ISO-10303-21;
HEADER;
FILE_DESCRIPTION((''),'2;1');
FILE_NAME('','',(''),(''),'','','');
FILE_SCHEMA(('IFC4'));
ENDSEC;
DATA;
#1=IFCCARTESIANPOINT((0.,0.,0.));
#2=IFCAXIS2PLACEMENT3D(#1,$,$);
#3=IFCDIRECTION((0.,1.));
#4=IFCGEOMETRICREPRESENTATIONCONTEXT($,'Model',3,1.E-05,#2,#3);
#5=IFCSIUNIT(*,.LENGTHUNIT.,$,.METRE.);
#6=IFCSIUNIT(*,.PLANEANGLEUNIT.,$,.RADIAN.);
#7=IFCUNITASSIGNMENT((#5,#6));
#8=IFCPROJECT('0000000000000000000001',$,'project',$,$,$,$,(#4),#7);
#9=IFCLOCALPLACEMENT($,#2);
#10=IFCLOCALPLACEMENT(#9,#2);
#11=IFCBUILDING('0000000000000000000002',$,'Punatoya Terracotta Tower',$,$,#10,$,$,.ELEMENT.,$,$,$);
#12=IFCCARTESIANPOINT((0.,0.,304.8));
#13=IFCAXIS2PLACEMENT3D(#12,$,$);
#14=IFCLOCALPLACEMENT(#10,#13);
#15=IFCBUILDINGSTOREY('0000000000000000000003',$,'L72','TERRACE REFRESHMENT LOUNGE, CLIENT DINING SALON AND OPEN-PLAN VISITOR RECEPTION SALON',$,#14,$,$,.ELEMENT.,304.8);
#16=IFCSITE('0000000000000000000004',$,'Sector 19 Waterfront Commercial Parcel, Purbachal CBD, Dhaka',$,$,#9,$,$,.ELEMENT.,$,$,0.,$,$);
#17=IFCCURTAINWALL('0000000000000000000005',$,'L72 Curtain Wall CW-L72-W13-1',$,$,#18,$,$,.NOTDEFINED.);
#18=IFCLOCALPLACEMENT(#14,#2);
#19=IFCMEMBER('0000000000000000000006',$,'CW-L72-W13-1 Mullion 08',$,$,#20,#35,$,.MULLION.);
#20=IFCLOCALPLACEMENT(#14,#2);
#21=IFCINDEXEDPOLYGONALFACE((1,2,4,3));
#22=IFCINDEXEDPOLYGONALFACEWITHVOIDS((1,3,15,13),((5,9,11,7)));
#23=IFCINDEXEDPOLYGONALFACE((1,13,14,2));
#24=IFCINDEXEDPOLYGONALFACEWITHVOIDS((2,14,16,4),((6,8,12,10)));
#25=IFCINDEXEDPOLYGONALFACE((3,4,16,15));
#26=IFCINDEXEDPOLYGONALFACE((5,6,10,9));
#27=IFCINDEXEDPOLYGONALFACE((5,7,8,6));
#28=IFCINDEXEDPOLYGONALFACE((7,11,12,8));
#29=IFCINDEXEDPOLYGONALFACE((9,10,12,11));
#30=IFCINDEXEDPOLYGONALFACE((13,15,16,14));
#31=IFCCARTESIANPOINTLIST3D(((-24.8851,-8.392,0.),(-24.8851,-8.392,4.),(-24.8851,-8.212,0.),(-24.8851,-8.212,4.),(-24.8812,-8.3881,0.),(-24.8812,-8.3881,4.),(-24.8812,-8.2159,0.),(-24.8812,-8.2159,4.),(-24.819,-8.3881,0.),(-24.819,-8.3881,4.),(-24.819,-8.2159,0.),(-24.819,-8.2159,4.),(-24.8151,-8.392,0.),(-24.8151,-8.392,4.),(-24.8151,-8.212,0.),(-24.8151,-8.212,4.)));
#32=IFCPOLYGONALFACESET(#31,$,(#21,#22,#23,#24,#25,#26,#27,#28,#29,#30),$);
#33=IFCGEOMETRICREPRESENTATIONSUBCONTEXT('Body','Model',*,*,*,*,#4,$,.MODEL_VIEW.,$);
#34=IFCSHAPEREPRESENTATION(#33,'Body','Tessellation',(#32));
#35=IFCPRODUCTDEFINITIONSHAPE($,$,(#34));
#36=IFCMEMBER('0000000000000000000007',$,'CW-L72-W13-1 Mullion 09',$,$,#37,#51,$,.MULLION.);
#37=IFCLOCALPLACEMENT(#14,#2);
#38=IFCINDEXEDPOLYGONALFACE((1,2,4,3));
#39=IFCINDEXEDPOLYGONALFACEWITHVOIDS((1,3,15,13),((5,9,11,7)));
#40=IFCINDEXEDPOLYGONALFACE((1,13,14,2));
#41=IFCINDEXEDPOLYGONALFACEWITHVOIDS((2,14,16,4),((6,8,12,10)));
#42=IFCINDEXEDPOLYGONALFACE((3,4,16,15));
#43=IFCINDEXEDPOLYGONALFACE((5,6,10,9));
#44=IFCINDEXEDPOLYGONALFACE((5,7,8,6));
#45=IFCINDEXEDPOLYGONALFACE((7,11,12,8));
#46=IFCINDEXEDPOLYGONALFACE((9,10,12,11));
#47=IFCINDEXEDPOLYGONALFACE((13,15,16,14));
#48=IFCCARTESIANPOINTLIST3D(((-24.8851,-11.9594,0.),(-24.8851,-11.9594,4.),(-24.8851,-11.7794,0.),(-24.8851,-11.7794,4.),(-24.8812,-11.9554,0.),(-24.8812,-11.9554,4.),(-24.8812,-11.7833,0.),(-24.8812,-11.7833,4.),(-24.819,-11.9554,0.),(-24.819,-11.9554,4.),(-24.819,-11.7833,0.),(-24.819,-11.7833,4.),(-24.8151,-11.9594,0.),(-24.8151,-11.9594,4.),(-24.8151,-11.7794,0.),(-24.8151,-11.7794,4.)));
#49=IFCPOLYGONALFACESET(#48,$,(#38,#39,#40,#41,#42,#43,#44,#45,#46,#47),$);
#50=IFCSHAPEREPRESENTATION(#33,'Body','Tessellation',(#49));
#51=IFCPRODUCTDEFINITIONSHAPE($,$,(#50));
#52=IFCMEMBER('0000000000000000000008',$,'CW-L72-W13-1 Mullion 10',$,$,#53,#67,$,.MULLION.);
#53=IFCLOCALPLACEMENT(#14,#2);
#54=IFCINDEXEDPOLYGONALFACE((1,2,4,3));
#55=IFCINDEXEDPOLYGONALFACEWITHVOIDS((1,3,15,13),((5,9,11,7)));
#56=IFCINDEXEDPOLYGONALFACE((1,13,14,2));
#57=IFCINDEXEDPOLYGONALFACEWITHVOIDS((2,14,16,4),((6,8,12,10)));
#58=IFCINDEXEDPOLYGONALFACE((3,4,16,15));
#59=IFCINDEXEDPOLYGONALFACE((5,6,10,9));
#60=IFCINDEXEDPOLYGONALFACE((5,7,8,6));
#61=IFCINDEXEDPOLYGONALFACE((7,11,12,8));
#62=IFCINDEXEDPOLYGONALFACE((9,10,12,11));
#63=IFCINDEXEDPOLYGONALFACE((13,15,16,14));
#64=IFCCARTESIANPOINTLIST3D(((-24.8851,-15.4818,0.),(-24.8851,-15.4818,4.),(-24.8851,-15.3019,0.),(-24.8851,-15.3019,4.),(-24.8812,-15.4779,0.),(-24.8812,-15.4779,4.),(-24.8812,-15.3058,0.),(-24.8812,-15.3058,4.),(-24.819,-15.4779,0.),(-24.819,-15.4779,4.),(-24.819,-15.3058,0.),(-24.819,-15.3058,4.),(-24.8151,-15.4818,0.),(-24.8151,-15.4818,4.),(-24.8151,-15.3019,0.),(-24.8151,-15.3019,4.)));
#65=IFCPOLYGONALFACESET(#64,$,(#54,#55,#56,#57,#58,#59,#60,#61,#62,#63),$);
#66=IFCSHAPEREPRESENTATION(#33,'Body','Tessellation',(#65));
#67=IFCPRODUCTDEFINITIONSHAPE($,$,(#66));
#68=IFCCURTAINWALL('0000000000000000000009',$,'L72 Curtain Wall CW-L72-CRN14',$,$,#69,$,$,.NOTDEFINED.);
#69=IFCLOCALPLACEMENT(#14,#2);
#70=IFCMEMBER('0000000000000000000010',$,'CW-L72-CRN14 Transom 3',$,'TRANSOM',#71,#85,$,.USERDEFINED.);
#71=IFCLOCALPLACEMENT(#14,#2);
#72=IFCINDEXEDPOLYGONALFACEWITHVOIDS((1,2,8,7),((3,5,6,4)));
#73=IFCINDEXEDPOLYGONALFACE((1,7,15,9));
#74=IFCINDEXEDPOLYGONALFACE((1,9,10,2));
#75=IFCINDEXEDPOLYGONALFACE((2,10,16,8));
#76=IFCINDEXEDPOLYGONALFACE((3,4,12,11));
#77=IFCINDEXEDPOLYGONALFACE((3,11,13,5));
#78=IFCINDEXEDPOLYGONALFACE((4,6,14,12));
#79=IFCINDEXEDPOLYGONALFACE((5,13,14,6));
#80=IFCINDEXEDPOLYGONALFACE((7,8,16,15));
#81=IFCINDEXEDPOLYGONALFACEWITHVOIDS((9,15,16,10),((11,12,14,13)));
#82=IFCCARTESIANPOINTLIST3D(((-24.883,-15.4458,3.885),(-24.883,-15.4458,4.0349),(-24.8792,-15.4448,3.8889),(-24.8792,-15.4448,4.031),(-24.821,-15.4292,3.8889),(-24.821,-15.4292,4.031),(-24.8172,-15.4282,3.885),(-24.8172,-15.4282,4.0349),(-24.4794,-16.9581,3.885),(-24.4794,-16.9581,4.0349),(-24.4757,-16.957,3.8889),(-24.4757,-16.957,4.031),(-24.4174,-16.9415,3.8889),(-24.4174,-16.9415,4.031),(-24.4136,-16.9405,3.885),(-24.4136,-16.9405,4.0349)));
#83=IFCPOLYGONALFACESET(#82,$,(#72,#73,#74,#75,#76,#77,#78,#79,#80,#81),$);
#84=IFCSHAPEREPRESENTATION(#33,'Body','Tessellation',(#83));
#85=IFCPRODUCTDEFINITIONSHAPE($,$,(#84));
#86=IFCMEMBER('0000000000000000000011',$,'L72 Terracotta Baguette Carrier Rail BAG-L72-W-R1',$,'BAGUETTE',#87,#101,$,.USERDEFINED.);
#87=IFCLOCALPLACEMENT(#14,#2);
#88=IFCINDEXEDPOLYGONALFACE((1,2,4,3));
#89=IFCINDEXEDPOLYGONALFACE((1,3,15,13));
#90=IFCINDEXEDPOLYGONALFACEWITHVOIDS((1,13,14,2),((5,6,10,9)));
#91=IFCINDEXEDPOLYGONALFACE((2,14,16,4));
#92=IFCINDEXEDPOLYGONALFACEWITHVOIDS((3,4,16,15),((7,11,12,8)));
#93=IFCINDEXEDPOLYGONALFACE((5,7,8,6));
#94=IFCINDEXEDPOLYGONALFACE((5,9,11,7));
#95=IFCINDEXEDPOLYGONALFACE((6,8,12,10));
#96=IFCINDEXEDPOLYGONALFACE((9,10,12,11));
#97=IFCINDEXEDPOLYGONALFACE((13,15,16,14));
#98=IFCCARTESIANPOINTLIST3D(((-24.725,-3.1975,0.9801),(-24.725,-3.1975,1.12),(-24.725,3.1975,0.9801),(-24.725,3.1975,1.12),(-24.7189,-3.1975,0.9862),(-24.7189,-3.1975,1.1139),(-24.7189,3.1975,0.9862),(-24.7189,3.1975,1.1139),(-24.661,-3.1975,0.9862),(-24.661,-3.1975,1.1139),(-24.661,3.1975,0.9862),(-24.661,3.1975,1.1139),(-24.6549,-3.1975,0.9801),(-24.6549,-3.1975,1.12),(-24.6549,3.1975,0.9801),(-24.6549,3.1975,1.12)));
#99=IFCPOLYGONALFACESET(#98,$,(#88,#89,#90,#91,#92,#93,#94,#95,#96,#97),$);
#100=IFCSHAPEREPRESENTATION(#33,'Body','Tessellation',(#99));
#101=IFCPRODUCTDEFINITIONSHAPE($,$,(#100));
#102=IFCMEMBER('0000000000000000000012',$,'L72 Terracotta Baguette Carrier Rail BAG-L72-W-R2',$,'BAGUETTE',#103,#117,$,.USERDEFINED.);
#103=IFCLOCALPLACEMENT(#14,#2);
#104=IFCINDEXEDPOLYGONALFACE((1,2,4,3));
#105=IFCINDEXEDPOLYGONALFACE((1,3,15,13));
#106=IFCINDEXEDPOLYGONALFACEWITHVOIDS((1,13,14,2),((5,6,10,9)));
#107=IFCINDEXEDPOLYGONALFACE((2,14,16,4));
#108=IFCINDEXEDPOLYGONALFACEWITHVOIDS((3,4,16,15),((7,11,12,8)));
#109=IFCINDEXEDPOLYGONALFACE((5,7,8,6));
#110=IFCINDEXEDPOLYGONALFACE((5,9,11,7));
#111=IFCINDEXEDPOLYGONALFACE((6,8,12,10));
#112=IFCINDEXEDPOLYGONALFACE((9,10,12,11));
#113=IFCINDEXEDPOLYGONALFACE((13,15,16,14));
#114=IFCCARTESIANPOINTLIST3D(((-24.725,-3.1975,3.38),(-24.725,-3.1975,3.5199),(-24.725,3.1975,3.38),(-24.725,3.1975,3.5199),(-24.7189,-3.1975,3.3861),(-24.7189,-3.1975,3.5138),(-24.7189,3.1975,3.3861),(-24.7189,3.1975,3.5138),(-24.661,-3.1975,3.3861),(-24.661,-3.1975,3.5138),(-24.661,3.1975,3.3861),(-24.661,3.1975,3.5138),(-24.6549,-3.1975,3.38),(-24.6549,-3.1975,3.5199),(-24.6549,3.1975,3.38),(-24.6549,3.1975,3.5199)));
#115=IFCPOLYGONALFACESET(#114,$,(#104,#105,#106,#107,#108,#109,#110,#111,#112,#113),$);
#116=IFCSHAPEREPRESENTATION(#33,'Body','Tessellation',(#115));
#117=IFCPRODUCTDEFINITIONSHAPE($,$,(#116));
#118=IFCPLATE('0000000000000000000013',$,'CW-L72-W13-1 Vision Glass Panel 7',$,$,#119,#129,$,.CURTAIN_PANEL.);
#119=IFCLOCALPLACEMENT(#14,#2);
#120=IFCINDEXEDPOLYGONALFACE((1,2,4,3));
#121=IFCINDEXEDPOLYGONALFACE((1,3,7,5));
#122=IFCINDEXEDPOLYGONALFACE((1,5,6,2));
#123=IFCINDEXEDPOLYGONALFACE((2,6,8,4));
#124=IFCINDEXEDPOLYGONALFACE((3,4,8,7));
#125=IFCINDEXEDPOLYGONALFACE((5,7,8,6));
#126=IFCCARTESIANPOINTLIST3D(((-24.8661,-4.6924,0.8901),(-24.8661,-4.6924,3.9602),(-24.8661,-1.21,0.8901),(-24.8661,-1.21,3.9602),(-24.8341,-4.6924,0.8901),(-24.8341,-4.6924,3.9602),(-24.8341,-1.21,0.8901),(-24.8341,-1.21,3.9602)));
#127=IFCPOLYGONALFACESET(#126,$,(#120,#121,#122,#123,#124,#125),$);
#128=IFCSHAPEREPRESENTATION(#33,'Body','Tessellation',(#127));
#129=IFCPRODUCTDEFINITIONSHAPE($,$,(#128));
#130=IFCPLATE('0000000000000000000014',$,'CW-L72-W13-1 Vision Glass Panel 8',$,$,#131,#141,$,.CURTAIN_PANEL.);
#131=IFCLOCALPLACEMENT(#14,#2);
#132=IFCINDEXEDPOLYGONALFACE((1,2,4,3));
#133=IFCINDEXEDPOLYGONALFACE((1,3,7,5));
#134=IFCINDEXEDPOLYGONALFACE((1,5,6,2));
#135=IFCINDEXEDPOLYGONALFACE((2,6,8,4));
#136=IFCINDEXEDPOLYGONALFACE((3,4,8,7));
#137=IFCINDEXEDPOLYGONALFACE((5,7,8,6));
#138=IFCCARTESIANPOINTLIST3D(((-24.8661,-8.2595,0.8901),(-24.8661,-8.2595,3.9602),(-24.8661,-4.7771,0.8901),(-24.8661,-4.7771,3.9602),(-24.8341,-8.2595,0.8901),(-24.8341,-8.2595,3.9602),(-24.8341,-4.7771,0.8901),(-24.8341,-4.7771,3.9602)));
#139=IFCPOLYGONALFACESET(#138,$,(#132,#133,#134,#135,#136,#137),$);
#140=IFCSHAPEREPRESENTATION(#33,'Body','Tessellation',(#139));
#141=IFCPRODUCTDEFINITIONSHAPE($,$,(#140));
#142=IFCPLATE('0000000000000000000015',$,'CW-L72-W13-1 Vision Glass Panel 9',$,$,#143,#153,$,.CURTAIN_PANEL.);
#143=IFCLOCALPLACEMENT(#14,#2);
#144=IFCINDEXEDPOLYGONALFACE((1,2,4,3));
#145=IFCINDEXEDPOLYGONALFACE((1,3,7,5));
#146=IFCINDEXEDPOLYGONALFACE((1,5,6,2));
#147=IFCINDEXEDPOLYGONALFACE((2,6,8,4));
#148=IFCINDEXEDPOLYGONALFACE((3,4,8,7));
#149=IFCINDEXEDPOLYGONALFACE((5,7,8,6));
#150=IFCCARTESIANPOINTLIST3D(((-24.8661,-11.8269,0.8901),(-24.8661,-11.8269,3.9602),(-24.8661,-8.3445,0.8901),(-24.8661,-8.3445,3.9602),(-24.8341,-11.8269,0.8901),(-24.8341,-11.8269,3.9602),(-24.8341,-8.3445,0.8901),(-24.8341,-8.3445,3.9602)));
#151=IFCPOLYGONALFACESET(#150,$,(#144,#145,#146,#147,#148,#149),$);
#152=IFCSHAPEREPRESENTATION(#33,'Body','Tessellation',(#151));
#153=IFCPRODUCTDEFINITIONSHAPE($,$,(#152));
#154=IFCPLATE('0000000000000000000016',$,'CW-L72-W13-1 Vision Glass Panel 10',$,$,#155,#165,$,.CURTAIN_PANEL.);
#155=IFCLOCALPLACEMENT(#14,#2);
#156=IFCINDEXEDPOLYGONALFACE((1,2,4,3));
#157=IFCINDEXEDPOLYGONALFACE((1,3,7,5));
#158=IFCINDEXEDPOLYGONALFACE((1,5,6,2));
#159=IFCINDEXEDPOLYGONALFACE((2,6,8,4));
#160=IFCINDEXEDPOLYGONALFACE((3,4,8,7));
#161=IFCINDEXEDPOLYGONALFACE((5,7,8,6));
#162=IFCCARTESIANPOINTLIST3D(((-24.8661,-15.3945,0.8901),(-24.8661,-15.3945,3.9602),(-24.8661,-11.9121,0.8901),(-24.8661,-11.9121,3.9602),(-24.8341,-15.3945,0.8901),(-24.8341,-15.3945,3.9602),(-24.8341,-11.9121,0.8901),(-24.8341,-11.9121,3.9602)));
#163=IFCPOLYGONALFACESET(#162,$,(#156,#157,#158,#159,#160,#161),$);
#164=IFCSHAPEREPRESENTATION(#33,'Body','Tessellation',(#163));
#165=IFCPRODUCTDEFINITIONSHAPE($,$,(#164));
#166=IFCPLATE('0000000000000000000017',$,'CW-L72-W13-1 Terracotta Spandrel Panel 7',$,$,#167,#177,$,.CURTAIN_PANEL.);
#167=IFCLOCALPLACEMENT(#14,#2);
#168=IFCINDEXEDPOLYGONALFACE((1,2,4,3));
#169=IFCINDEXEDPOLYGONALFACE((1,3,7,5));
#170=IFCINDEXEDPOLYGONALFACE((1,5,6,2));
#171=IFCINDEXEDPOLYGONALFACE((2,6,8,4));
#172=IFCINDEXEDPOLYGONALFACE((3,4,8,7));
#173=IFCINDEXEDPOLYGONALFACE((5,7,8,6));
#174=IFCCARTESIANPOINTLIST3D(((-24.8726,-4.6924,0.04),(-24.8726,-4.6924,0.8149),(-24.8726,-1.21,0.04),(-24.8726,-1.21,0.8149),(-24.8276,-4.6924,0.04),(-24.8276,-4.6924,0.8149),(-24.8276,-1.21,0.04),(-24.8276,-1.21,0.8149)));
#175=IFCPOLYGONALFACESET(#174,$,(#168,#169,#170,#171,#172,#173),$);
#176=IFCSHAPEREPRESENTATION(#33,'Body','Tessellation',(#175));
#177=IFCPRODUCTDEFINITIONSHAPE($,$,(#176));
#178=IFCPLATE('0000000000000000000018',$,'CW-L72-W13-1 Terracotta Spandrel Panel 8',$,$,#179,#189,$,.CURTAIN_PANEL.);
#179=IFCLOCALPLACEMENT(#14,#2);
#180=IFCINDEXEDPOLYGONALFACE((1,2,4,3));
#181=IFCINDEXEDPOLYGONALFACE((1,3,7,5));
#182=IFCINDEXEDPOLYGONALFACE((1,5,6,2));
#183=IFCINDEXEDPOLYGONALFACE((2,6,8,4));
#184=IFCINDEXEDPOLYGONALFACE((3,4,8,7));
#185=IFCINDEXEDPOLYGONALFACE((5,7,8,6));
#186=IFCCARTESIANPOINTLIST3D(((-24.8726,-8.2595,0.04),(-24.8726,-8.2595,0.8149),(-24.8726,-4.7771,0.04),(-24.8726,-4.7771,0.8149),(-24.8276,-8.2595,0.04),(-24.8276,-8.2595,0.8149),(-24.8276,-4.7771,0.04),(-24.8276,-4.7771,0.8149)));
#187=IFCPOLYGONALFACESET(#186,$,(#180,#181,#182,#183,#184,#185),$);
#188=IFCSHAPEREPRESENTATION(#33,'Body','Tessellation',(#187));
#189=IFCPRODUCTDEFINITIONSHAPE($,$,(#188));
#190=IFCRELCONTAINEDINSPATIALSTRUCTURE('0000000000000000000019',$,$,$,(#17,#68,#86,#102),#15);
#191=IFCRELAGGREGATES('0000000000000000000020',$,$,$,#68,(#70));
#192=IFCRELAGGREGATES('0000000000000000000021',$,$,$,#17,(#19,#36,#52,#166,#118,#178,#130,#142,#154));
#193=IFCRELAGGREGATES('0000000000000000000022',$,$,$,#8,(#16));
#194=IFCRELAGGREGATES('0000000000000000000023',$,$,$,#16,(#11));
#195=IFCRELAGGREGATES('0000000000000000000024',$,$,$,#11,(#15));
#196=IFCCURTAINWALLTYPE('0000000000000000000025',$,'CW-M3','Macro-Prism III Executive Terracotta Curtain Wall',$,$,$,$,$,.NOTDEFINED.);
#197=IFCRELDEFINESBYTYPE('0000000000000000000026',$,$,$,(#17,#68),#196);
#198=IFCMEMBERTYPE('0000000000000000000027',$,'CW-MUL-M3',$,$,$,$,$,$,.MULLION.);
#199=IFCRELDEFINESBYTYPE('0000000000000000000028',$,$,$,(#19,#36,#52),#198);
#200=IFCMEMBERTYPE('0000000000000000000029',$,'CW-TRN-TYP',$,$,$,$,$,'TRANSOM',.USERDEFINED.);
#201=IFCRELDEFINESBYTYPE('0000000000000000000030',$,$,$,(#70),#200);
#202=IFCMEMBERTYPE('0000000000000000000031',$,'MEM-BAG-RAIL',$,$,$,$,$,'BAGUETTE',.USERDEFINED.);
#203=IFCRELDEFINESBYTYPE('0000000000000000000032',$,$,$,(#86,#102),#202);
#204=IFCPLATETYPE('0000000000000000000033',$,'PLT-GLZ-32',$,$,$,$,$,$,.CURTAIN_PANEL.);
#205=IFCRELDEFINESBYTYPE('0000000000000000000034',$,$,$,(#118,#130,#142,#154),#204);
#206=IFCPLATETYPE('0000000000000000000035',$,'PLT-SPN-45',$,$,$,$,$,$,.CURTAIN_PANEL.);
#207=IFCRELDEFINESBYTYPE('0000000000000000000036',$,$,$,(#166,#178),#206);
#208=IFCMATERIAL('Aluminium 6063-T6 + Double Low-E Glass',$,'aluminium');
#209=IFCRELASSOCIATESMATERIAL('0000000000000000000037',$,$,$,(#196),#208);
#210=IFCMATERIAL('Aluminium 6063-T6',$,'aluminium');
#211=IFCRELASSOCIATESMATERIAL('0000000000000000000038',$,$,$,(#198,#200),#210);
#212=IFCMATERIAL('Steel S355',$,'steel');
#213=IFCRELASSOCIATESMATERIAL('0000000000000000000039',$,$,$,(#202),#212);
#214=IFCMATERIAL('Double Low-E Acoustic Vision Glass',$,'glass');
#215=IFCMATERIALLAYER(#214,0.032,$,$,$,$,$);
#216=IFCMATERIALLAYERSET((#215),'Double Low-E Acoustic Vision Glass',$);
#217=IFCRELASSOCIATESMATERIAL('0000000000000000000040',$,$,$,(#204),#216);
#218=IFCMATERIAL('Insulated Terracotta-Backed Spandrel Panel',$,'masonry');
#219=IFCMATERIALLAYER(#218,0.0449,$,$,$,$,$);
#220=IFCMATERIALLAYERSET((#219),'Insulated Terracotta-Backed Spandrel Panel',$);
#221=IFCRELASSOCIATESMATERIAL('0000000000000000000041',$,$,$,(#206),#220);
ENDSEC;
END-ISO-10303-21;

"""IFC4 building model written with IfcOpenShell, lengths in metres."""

from ifc_helpers import new_model, si_unit, direction, frame, origin, origin_2d, place, context, subcontext, project, spatial, rectangle, hollow_rectangle, extrude, material, layer, layer_set, material_profile, profile_set, type_object, element, aggregate, save


model = new_model("IFC4")

# Units and contexts
model_context = context("Model", 3, precision=1e-05, world=origin(), true_north=direction((0.0, 1.0)))
body_context = subcontext(model_context, "Body", "Model", "MODEL_VIEW")
ifc_project = project(units=[si_unit("LENGTHUNIT", "METRE"), si_unit("PLANEANGLEUNIT", "RADIAN")], contexts=[model_context])

# Site, building, storey
site_placement = place(None, origin())
site = spatial("IfcSite", under=ifc_project, at=site_placement, Name="Sector 19 Waterfront Commercial Parcel, Purbachal CBD, Dhaka", CompositionType="ELEMENT", RefElevation=0.0)
building_placement = place(site_placement, origin())
building = spatial("IfcBuilding", under=site, at=building_placement, Name="Punatoya Terracotta Tower", CompositionType="ELEMENT")
storey_placement = place(building_placement, frame((0.0, 0.0, 304.8)))
storey = spatial("IfcBuildingStorey", under=building, at=storey_placement, Name="L72", Description="TERRACE REFRESHMENT LOUNGE, CLIENT DINING SALON AND OPEN-PLAN VISITOR RECEPTION SALON", CompositionType="ELEMENT", Elevation=304.8)

# Curtain wall, members
ifc_material_1 = material(Name="Aluminium 6063-T6 + Double Low-E Glass", Category="aluminium")
curtain_wall_type = type_object("IfcCurtainWallType", Name="CW-M3", Description="Macro-Prism III Executive Terracotta Curtain Wall", PredefinedType="NOTDEFINED", material=ifc_material_1)
curtain_wall_1_placement = place(storey_placement, origin())
curtain_wall_1 = element("IfcCurtainWall", 1, at=curtain_wall_1_placement, inside=storey, type_object=curtain_wall_type, Name="L72 Curtain Wall CW-L72-W13-1", PredefinedType="NOTDEFINED")
ifc_material_2 = material(Name="Aluminium 6063-T6", Category="aluminium")
ifc_material_profile_1 = material_profile(ifc_material_2, hollow_rectangle(XDim=0.0701, YDim=0.1799, WallThickness=0.0039, at=origin_2d()))
ifc_profile_set_1 = profile_set([ifc_material_profile_1], Name="Aluminium 6063-T6")
member_type_1 = type_object("IfcMemberType", Name="CW-MUL-M3", PredefinedType="MULLION", material=ifc_profile_set_1)
member_1_placement = place(storey_placement, frame((-24.8501, -8.302, 0.0), z_axis=(0.0, 0.0, 1.0), x_axis=(1.0, 0.0, 0.0)))
member_1 = element("IfcMember", 2, at=member_1_placement, type_object=member_type_1, Name="CW-L72-W13-1 Mullion 08", PredefinedType="MULLION", context=body_context, shape_type="SweptSolid", body=[
    extrude(hollow_rectangle(XDim=0.0701, YDim=0.1799, WallThickness=0.0039, at=origin_2d()), origin(), (0.0, 0.0, 1.0), 4.0),
])
member_2_placement = place(storey_placement, frame((-24.8501, -11.8694, 0.0), z_axis=(0.0, 0.0, 1.0), x_axis=(1.0, 0.0, 0.0)))
member_2 = element("IfcMember", 3, at=member_2_placement, type_object=member_type_1, Name="CW-L72-W13-1 Mullion 09", PredefinedType="MULLION", context=body_context, shape_type="SweptSolid", body=[
    extrude(hollow_rectangle(XDim=0.0701, YDim=0.1799, WallThickness=0.0039, at=origin_2d()), origin(), (0.0, 0.0, 1.0), 4.0),
])
member_3_placement = place(storey_placement, frame((-24.8501, -15.3918, 0.0), z_axis=(0.0, 0.0, 1.0), x_axis=(1.0, 0.0, 0.0)))
member_3 = element("IfcMember", 4, at=member_3_placement, type_object=member_type_1, Name="CW-L72-W13-1 Mullion 10", PredefinedType="MULLION", context=body_context, shape_type="SweptSolid", body=[
    extrude(hollow_rectangle(XDim=0.0701, YDim=0.1799, WallThickness=0.0039, at=origin_2d()), origin(), (0.0, 0.0, 1.0), 4.0),
])

# Curtain wall, member
curtain_wall_2_placement = place(storey_placement, origin())
curtain_wall_2 = element("IfcCurtainWall", 5, at=curtain_wall_2_placement, inside=storey, type_object=curtain_wall_type, Name="L72 Curtain Wall CW-L72-CRN14", PredefinedType="NOTDEFINED")
ifc_material_profile_2 = material_profile(ifc_material_2, hollow_rectangle(XDim=0.0681, YDim=0.1499, WallThickness=0.0039, at=origin_2d()))
ifc_profile_set_2 = profile_set([ifc_material_profile_2], Name="Aluminium 6063-T6")
member_type_2 = type_object("IfcMemberType", Name="CW-TRN-TYP", ElementType="TRANSOM", PredefinedType="USERDEFINED", material=ifc_profile_set_2)
member_4_placement = place(storey_placement, frame((-24.8501, -15.437, 3.96), z_axis=(0.257847, -0.966186, 0.0), x_axis=(0.966186, 0.257847, 0.0)))
member_4 = element("IfcMember", 6, at=member_4_placement, type_object=member_type_2, Name="CW-L72-CRN14 Transom 3", ObjectType="TRANSOM", PredefinedType="USERDEFINED", context=body_context, shape_type="SweptSolid", body=[
    extrude(hollow_rectangle(XDim=0.0681, YDim=0.1499, WallThickness=0.0039, at=origin_2d()), origin(), (0.0, 0.0, 1.0), 1.5652),
])
aggregate(curtain_wall_2, [member_4])

# Members
ifc_material_3 = material(Name="Steel S355", Category="steel")
ifc_material_profile_3 = material_profile(ifc_material_3, hollow_rectangle(XDim=0.0701, YDim=0.1399, WallThickness=0.0061, at=origin_2d()))
ifc_profile_set_3 = profile_set([ifc_material_profile_3], Name="Steel S355")
member_type_3 = type_object("IfcMemberType", Name="MEM-BAG-RAIL", ElementType="BAGUETTE", PredefinedType="USERDEFINED", material=ifc_profile_set_3)
for number, where, z_axis, x_axis, name in (
    (7, (-24.6899, -3.1975, 1.05), (0.0, 1.0, 0.0), (-1.0, 0.0, 0.0), "L72 Terracotta Baguette Carrier Rail BAG-L72-W-R1"),
    (8, (-24.6899, -3.1975, 3.45), (0.0, 1.0, 0.0), (-1.0, 0.0, 0.0), "L72 Terracotta Baguette Carrier Rail BAG-L72-W-R2"),
):
    element("IfcMember", number, at=place(storey_placement, frame(where, z_axis=z_axis, x_axis=x_axis)), inside=storey, type_object=member_type_3, Name=name, ObjectType="BAGUETTE", PredefinedType="USERDEFINED", context=body_context, shape_type="SweptSolid", body=[
        extrude(hollow_rectangle(XDim=0.0701, YDim=0.1399, WallThickness=0.0061, at=origin_2d()), origin(), (0.0, 0.0, 1.0), 6.395),
    ])

# Plates
ifc_material_4 = material(Name="Double Low-E Acoustic Vision Glass", Category="glass")
ifc_layer_1 = layer(ifc_material_4, 0.032)
ifc_layer_set_1 = layer_set([ifc_layer_1], Name="Double Low-E Acoustic Vision Glass")
plate_type_1 = type_object("IfcPlateType", Name="PLT-GLZ-32", PredefinedType="CURTAIN_PANEL", material=ifc_layer_set_1)
plate_1_placement = place(storey_placement, frame((-24.8501, -2.9512, 0.8901), z_axis=(0.0, 0.0, 1.0), x_axis=(0.0, -1.0, 0.0)))
plate_1 = element("IfcPlate", 9, at=plate_1_placement, type_object=plate_type_1, Name="CW-L72-W13-1 Vision Glass Panel 7", PredefinedType="CURTAIN_PANEL", context=body_context, shape_type="SweptSolid", body=[
    extrude(rectangle(XDim=3.4824, YDim=0.032, at=origin_2d()), origin(), (0.0, 0.0, 1.0), 3.0701),
])
plate_2_placement = place(storey_placement, frame((-24.8501, -6.5183, 0.8901), z_axis=(0.0, 0.0, 1.0), x_axis=(0.0, -1.0, 0.0)))
plate_2 = element("IfcPlate", 10, at=plate_2_placement, type_object=plate_type_1, Name="CW-L72-W13-1 Vision Glass Panel 8", PredefinedType="CURTAIN_PANEL", context=body_context, shape_type="SweptSolid", body=[
    extrude(rectangle(XDim=3.4824, YDim=0.032, at=origin_2d()), origin(), (0.0, 0.0, 1.0), 3.0701),
])
plate_3_placement = place(storey_placement, frame((-24.8501, -10.0857, 0.8901), z_axis=(0.0, 0.0, 1.0), x_axis=(0.0, -1.0, 0.0)))
plate_3 = element("IfcPlate", 11, at=plate_3_placement, type_object=plate_type_1, Name="CW-L72-W13-1 Vision Glass Panel 9", PredefinedType="CURTAIN_PANEL", context=body_context, shape_type="SweptSolid", body=[
    extrude(rectangle(XDim=3.4824, YDim=0.032, at=origin_2d()), origin(), (0.0, 0.0, 1.0), 3.0701),
])
plate_4_placement = place(storey_placement, frame((-24.8501, -13.6533, 0.8901), z_axis=(0.0, 0.0, 1.0), x_axis=(0.0, -1.0, 0.0)))
plate_4 = element("IfcPlate", 12, at=plate_4_placement, type_object=plate_type_1, Name="CW-L72-W13-1 Vision Glass Panel 10", PredefinedType="CURTAIN_PANEL", context=body_context, shape_type="SweptSolid", body=[
    extrude(rectangle(XDim=3.4824, YDim=0.032, at=origin_2d()), origin(), (0.0, 0.0, 1.0), 3.0701),
])
ifc_material_5 = material(Name="Insulated Terracotta-Backed Spandrel Panel", Category="masonry")
ifc_layer_2 = layer(ifc_material_5, 0.0449)
ifc_layer_set_2 = layer_set([ifc_layer_2], Name="Insulated Terracotta-Backed Spandrel Panel")
plate_type_2 = type_object("IfcPlateType", Name="PLT-SPN-45", PredefinedType="CURTAIN_PANEL", material=ifc_layer_set_2)
plate_5_placement = place(storey_placement, frame((-24.8501, -2.9512, 0.04), z_axis=(0.0, 0.0, 1.0), x_axis=(0.0, -1.0, 0.0)))
plate_5 = element("IfcPlate", 13, at=plate_5_placement, type_object=plate_type_2, Name="CW-L72-W13-1 Terracotta Spandrel Panel 7", PredefinedType="CURTAIN_PANEL", context=body_context, shape_type="SweptSolid", body=[
    extrude(rectangle(XDim=3.4824, YDim=0.0449, at=origin_2d()), origin(), (0.0, 0.0, 1.0), 0.7749),
])
plate_6_placement = place(storey_placement, frame((-24.8501, -6.5183, 0.04), z_axis=(0.0, 0.0, 1.0), x_axis=(0.0, -1.0, 0.0)))
plate_6 = element("IfcPlate", 14, at=plate_6_placement, type_object=plate_type_2, Name="CW-L72-W13-1 Terracotta Spandrel Panel 8", PredefinedType="CURTAIN_PANEL", context=body_context, shape_type="SweptSolid", body=[
    extrude(rectangle(XDim=3.4824, YDim=0.0449, at=origin_2d()), origin(), (0.0, 0.0, 1.0), 0.7749),
])
aggregate(curtain_wall_1, [member_1, member_2, member_3, plate_5, plate_1, plate_6, plate_2, plate_3, plate_4])

save(model, "model.ifc")
